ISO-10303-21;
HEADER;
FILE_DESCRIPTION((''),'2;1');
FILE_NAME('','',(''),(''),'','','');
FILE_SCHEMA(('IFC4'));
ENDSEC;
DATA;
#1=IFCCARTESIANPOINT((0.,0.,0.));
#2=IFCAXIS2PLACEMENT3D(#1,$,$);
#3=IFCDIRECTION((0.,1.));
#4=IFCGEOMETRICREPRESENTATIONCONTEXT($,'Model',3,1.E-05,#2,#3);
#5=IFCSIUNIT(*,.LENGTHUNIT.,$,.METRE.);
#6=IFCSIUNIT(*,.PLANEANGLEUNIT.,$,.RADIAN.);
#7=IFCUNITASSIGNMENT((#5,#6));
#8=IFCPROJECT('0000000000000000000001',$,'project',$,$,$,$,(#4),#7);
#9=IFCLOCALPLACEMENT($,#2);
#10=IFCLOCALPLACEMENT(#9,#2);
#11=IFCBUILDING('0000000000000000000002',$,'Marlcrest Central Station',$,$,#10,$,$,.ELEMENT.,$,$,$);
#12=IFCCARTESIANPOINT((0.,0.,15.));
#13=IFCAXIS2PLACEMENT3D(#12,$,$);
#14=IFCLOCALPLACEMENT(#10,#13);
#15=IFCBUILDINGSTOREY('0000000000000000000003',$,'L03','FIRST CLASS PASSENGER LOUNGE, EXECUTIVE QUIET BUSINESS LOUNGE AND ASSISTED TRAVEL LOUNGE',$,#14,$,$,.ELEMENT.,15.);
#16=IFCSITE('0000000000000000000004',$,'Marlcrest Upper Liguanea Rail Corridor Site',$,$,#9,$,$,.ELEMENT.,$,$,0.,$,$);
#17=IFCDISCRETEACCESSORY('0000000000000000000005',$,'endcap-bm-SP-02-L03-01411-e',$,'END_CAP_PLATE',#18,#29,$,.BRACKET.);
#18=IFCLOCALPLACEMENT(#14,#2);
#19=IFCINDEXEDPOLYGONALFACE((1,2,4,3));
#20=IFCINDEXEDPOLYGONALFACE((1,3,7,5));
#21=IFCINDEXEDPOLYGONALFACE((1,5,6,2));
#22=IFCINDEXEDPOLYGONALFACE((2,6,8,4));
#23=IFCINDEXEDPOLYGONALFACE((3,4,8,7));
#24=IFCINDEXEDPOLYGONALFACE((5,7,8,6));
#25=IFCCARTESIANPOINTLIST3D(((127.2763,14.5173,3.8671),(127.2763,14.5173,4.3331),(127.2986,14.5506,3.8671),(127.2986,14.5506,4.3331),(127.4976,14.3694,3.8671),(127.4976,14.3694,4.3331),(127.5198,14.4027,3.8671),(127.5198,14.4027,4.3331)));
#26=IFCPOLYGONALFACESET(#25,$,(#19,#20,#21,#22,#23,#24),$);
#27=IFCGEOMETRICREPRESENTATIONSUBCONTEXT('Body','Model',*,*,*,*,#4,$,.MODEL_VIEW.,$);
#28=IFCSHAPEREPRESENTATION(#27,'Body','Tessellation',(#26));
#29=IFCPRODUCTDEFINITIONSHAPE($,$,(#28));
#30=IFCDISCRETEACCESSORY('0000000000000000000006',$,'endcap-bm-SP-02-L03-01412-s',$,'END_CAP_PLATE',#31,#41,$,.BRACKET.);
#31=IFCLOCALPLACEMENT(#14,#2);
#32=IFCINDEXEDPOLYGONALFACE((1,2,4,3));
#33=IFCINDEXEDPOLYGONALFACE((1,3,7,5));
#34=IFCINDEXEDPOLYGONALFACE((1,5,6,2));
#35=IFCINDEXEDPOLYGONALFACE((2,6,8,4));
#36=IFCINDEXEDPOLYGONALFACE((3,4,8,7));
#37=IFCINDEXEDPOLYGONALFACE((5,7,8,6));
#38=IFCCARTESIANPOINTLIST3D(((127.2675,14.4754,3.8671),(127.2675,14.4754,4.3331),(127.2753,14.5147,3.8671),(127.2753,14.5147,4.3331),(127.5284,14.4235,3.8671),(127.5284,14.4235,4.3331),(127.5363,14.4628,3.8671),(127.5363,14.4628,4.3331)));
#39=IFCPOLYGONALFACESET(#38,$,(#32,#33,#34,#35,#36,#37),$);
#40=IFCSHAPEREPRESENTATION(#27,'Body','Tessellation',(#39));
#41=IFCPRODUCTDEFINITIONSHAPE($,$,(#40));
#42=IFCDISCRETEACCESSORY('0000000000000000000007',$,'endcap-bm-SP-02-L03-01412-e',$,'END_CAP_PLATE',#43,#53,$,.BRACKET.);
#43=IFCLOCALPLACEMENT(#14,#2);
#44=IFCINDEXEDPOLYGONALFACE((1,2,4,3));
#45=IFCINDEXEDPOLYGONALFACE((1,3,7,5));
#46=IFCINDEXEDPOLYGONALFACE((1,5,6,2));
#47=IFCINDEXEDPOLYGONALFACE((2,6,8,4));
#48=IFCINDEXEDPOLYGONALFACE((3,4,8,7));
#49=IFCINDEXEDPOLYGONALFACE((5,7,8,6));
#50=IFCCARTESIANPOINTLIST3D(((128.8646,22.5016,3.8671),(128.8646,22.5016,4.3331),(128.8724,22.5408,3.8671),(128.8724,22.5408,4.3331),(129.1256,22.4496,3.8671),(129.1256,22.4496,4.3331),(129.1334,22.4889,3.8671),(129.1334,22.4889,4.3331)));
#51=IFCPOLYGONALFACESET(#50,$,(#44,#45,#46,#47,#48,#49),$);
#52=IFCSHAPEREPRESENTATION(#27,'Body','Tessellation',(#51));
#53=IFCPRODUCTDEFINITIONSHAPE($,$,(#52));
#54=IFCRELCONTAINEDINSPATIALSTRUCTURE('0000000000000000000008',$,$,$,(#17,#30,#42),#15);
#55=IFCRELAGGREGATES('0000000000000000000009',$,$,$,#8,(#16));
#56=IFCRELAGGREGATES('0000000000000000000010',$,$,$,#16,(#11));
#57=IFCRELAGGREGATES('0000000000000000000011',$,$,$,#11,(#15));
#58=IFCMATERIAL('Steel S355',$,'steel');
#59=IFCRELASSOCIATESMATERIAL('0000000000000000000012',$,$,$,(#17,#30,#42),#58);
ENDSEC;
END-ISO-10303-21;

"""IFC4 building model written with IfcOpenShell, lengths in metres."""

from ifc_helpers import new_model, si_unit, direction, frame, origin, origin_2d, place, context, subcontext, project, spatial, rectangle, extrude, material, element, save


model = new_model("IFC4")

# Units and contexts
model_context = context("Model", 3, precision=1e-05, world=origin(), true_north=direction((0.0, 1.0)))
body_context = subcontext(model_context, "Body", "Model", "MODEL_VIEW")
ifc_project = project(units=[si_unit("LENGTHUNIT", "METRE"), si_unit("PLANEANGLEUNIT", "RADIAN")], contexts=[model_context])

# Site, building, storey
site_placement = place(None, origin())
site = spatial("IfcSite", under=ifc_project, at=site_placement, Name="Marlcrest Upper Liguanea Rail Corridor Site", CompositionType="ELEMENT", RefElevation=0.0)
building_placement = place(site_placement, origin())
building = spatial("IfcBuilding", under=site, at=building_placement, Name="Marlcrest Central Station", CompositionType="ELEMENT")
storey_placement = place(building_placement, frame((0.0, 0.0, 15.0)))
storey = spatial("IfcBuildingStorey", under=building, at=storey_placement, Name="L03", Description="FIRST CLASS PASSENGER LOUNGE, EXECUTIVE QUIET BUSINESS LOUNGE AND ASSISTED TRAVEL LOUNGE", CompositionType="ELEMENT", Elevation=15.0)

# Shared definitions
ifc_material_1 = material(Name="Steel S355", Category="steel")

# Discrete accessories
for number, where, z_axis, x_axis, name in (
    (1, (127.387, 14.4434, 4.1001), (0.555511, 0.831509, 0.0), (-0.831509, 0.555511, 0.0), "endcap-bm-SP-02-L03-01411-e"),
    (2, (127.3979, 14.4495, 4.1001), (0.195171, 0.980769, 0.0), (-0.980769, 0.195171, 0.0), "endcap-bm-SP-02-L03-01412-s"),
    (3, (128.9951, 22.4756, 4.1001), (0.195171, 0.980769, 0.0), (-0.980769, 0.195171, 0.0), "endcap-bm-SP-02-L03-01412-e"),
):
    element("IfcDiscreteAccessory", number, at=place(storey_placement, frame(where, z_axis=z_axis, x_axis=x_axis)), inside=storey, material=ifc_material_1, Name=name, ObjectType="END_CAP_PLATE", PredefinedType="BRACKET", context=body_context, shape_type="SweptSolid", body=[
        extrude(rectangle(XDim=0.2661, YDim=0.4661, at=origin_2d()), origin(), (0.0, 0.0, 1.0), 0.04),
    ])

save(model, "model.ifc")
